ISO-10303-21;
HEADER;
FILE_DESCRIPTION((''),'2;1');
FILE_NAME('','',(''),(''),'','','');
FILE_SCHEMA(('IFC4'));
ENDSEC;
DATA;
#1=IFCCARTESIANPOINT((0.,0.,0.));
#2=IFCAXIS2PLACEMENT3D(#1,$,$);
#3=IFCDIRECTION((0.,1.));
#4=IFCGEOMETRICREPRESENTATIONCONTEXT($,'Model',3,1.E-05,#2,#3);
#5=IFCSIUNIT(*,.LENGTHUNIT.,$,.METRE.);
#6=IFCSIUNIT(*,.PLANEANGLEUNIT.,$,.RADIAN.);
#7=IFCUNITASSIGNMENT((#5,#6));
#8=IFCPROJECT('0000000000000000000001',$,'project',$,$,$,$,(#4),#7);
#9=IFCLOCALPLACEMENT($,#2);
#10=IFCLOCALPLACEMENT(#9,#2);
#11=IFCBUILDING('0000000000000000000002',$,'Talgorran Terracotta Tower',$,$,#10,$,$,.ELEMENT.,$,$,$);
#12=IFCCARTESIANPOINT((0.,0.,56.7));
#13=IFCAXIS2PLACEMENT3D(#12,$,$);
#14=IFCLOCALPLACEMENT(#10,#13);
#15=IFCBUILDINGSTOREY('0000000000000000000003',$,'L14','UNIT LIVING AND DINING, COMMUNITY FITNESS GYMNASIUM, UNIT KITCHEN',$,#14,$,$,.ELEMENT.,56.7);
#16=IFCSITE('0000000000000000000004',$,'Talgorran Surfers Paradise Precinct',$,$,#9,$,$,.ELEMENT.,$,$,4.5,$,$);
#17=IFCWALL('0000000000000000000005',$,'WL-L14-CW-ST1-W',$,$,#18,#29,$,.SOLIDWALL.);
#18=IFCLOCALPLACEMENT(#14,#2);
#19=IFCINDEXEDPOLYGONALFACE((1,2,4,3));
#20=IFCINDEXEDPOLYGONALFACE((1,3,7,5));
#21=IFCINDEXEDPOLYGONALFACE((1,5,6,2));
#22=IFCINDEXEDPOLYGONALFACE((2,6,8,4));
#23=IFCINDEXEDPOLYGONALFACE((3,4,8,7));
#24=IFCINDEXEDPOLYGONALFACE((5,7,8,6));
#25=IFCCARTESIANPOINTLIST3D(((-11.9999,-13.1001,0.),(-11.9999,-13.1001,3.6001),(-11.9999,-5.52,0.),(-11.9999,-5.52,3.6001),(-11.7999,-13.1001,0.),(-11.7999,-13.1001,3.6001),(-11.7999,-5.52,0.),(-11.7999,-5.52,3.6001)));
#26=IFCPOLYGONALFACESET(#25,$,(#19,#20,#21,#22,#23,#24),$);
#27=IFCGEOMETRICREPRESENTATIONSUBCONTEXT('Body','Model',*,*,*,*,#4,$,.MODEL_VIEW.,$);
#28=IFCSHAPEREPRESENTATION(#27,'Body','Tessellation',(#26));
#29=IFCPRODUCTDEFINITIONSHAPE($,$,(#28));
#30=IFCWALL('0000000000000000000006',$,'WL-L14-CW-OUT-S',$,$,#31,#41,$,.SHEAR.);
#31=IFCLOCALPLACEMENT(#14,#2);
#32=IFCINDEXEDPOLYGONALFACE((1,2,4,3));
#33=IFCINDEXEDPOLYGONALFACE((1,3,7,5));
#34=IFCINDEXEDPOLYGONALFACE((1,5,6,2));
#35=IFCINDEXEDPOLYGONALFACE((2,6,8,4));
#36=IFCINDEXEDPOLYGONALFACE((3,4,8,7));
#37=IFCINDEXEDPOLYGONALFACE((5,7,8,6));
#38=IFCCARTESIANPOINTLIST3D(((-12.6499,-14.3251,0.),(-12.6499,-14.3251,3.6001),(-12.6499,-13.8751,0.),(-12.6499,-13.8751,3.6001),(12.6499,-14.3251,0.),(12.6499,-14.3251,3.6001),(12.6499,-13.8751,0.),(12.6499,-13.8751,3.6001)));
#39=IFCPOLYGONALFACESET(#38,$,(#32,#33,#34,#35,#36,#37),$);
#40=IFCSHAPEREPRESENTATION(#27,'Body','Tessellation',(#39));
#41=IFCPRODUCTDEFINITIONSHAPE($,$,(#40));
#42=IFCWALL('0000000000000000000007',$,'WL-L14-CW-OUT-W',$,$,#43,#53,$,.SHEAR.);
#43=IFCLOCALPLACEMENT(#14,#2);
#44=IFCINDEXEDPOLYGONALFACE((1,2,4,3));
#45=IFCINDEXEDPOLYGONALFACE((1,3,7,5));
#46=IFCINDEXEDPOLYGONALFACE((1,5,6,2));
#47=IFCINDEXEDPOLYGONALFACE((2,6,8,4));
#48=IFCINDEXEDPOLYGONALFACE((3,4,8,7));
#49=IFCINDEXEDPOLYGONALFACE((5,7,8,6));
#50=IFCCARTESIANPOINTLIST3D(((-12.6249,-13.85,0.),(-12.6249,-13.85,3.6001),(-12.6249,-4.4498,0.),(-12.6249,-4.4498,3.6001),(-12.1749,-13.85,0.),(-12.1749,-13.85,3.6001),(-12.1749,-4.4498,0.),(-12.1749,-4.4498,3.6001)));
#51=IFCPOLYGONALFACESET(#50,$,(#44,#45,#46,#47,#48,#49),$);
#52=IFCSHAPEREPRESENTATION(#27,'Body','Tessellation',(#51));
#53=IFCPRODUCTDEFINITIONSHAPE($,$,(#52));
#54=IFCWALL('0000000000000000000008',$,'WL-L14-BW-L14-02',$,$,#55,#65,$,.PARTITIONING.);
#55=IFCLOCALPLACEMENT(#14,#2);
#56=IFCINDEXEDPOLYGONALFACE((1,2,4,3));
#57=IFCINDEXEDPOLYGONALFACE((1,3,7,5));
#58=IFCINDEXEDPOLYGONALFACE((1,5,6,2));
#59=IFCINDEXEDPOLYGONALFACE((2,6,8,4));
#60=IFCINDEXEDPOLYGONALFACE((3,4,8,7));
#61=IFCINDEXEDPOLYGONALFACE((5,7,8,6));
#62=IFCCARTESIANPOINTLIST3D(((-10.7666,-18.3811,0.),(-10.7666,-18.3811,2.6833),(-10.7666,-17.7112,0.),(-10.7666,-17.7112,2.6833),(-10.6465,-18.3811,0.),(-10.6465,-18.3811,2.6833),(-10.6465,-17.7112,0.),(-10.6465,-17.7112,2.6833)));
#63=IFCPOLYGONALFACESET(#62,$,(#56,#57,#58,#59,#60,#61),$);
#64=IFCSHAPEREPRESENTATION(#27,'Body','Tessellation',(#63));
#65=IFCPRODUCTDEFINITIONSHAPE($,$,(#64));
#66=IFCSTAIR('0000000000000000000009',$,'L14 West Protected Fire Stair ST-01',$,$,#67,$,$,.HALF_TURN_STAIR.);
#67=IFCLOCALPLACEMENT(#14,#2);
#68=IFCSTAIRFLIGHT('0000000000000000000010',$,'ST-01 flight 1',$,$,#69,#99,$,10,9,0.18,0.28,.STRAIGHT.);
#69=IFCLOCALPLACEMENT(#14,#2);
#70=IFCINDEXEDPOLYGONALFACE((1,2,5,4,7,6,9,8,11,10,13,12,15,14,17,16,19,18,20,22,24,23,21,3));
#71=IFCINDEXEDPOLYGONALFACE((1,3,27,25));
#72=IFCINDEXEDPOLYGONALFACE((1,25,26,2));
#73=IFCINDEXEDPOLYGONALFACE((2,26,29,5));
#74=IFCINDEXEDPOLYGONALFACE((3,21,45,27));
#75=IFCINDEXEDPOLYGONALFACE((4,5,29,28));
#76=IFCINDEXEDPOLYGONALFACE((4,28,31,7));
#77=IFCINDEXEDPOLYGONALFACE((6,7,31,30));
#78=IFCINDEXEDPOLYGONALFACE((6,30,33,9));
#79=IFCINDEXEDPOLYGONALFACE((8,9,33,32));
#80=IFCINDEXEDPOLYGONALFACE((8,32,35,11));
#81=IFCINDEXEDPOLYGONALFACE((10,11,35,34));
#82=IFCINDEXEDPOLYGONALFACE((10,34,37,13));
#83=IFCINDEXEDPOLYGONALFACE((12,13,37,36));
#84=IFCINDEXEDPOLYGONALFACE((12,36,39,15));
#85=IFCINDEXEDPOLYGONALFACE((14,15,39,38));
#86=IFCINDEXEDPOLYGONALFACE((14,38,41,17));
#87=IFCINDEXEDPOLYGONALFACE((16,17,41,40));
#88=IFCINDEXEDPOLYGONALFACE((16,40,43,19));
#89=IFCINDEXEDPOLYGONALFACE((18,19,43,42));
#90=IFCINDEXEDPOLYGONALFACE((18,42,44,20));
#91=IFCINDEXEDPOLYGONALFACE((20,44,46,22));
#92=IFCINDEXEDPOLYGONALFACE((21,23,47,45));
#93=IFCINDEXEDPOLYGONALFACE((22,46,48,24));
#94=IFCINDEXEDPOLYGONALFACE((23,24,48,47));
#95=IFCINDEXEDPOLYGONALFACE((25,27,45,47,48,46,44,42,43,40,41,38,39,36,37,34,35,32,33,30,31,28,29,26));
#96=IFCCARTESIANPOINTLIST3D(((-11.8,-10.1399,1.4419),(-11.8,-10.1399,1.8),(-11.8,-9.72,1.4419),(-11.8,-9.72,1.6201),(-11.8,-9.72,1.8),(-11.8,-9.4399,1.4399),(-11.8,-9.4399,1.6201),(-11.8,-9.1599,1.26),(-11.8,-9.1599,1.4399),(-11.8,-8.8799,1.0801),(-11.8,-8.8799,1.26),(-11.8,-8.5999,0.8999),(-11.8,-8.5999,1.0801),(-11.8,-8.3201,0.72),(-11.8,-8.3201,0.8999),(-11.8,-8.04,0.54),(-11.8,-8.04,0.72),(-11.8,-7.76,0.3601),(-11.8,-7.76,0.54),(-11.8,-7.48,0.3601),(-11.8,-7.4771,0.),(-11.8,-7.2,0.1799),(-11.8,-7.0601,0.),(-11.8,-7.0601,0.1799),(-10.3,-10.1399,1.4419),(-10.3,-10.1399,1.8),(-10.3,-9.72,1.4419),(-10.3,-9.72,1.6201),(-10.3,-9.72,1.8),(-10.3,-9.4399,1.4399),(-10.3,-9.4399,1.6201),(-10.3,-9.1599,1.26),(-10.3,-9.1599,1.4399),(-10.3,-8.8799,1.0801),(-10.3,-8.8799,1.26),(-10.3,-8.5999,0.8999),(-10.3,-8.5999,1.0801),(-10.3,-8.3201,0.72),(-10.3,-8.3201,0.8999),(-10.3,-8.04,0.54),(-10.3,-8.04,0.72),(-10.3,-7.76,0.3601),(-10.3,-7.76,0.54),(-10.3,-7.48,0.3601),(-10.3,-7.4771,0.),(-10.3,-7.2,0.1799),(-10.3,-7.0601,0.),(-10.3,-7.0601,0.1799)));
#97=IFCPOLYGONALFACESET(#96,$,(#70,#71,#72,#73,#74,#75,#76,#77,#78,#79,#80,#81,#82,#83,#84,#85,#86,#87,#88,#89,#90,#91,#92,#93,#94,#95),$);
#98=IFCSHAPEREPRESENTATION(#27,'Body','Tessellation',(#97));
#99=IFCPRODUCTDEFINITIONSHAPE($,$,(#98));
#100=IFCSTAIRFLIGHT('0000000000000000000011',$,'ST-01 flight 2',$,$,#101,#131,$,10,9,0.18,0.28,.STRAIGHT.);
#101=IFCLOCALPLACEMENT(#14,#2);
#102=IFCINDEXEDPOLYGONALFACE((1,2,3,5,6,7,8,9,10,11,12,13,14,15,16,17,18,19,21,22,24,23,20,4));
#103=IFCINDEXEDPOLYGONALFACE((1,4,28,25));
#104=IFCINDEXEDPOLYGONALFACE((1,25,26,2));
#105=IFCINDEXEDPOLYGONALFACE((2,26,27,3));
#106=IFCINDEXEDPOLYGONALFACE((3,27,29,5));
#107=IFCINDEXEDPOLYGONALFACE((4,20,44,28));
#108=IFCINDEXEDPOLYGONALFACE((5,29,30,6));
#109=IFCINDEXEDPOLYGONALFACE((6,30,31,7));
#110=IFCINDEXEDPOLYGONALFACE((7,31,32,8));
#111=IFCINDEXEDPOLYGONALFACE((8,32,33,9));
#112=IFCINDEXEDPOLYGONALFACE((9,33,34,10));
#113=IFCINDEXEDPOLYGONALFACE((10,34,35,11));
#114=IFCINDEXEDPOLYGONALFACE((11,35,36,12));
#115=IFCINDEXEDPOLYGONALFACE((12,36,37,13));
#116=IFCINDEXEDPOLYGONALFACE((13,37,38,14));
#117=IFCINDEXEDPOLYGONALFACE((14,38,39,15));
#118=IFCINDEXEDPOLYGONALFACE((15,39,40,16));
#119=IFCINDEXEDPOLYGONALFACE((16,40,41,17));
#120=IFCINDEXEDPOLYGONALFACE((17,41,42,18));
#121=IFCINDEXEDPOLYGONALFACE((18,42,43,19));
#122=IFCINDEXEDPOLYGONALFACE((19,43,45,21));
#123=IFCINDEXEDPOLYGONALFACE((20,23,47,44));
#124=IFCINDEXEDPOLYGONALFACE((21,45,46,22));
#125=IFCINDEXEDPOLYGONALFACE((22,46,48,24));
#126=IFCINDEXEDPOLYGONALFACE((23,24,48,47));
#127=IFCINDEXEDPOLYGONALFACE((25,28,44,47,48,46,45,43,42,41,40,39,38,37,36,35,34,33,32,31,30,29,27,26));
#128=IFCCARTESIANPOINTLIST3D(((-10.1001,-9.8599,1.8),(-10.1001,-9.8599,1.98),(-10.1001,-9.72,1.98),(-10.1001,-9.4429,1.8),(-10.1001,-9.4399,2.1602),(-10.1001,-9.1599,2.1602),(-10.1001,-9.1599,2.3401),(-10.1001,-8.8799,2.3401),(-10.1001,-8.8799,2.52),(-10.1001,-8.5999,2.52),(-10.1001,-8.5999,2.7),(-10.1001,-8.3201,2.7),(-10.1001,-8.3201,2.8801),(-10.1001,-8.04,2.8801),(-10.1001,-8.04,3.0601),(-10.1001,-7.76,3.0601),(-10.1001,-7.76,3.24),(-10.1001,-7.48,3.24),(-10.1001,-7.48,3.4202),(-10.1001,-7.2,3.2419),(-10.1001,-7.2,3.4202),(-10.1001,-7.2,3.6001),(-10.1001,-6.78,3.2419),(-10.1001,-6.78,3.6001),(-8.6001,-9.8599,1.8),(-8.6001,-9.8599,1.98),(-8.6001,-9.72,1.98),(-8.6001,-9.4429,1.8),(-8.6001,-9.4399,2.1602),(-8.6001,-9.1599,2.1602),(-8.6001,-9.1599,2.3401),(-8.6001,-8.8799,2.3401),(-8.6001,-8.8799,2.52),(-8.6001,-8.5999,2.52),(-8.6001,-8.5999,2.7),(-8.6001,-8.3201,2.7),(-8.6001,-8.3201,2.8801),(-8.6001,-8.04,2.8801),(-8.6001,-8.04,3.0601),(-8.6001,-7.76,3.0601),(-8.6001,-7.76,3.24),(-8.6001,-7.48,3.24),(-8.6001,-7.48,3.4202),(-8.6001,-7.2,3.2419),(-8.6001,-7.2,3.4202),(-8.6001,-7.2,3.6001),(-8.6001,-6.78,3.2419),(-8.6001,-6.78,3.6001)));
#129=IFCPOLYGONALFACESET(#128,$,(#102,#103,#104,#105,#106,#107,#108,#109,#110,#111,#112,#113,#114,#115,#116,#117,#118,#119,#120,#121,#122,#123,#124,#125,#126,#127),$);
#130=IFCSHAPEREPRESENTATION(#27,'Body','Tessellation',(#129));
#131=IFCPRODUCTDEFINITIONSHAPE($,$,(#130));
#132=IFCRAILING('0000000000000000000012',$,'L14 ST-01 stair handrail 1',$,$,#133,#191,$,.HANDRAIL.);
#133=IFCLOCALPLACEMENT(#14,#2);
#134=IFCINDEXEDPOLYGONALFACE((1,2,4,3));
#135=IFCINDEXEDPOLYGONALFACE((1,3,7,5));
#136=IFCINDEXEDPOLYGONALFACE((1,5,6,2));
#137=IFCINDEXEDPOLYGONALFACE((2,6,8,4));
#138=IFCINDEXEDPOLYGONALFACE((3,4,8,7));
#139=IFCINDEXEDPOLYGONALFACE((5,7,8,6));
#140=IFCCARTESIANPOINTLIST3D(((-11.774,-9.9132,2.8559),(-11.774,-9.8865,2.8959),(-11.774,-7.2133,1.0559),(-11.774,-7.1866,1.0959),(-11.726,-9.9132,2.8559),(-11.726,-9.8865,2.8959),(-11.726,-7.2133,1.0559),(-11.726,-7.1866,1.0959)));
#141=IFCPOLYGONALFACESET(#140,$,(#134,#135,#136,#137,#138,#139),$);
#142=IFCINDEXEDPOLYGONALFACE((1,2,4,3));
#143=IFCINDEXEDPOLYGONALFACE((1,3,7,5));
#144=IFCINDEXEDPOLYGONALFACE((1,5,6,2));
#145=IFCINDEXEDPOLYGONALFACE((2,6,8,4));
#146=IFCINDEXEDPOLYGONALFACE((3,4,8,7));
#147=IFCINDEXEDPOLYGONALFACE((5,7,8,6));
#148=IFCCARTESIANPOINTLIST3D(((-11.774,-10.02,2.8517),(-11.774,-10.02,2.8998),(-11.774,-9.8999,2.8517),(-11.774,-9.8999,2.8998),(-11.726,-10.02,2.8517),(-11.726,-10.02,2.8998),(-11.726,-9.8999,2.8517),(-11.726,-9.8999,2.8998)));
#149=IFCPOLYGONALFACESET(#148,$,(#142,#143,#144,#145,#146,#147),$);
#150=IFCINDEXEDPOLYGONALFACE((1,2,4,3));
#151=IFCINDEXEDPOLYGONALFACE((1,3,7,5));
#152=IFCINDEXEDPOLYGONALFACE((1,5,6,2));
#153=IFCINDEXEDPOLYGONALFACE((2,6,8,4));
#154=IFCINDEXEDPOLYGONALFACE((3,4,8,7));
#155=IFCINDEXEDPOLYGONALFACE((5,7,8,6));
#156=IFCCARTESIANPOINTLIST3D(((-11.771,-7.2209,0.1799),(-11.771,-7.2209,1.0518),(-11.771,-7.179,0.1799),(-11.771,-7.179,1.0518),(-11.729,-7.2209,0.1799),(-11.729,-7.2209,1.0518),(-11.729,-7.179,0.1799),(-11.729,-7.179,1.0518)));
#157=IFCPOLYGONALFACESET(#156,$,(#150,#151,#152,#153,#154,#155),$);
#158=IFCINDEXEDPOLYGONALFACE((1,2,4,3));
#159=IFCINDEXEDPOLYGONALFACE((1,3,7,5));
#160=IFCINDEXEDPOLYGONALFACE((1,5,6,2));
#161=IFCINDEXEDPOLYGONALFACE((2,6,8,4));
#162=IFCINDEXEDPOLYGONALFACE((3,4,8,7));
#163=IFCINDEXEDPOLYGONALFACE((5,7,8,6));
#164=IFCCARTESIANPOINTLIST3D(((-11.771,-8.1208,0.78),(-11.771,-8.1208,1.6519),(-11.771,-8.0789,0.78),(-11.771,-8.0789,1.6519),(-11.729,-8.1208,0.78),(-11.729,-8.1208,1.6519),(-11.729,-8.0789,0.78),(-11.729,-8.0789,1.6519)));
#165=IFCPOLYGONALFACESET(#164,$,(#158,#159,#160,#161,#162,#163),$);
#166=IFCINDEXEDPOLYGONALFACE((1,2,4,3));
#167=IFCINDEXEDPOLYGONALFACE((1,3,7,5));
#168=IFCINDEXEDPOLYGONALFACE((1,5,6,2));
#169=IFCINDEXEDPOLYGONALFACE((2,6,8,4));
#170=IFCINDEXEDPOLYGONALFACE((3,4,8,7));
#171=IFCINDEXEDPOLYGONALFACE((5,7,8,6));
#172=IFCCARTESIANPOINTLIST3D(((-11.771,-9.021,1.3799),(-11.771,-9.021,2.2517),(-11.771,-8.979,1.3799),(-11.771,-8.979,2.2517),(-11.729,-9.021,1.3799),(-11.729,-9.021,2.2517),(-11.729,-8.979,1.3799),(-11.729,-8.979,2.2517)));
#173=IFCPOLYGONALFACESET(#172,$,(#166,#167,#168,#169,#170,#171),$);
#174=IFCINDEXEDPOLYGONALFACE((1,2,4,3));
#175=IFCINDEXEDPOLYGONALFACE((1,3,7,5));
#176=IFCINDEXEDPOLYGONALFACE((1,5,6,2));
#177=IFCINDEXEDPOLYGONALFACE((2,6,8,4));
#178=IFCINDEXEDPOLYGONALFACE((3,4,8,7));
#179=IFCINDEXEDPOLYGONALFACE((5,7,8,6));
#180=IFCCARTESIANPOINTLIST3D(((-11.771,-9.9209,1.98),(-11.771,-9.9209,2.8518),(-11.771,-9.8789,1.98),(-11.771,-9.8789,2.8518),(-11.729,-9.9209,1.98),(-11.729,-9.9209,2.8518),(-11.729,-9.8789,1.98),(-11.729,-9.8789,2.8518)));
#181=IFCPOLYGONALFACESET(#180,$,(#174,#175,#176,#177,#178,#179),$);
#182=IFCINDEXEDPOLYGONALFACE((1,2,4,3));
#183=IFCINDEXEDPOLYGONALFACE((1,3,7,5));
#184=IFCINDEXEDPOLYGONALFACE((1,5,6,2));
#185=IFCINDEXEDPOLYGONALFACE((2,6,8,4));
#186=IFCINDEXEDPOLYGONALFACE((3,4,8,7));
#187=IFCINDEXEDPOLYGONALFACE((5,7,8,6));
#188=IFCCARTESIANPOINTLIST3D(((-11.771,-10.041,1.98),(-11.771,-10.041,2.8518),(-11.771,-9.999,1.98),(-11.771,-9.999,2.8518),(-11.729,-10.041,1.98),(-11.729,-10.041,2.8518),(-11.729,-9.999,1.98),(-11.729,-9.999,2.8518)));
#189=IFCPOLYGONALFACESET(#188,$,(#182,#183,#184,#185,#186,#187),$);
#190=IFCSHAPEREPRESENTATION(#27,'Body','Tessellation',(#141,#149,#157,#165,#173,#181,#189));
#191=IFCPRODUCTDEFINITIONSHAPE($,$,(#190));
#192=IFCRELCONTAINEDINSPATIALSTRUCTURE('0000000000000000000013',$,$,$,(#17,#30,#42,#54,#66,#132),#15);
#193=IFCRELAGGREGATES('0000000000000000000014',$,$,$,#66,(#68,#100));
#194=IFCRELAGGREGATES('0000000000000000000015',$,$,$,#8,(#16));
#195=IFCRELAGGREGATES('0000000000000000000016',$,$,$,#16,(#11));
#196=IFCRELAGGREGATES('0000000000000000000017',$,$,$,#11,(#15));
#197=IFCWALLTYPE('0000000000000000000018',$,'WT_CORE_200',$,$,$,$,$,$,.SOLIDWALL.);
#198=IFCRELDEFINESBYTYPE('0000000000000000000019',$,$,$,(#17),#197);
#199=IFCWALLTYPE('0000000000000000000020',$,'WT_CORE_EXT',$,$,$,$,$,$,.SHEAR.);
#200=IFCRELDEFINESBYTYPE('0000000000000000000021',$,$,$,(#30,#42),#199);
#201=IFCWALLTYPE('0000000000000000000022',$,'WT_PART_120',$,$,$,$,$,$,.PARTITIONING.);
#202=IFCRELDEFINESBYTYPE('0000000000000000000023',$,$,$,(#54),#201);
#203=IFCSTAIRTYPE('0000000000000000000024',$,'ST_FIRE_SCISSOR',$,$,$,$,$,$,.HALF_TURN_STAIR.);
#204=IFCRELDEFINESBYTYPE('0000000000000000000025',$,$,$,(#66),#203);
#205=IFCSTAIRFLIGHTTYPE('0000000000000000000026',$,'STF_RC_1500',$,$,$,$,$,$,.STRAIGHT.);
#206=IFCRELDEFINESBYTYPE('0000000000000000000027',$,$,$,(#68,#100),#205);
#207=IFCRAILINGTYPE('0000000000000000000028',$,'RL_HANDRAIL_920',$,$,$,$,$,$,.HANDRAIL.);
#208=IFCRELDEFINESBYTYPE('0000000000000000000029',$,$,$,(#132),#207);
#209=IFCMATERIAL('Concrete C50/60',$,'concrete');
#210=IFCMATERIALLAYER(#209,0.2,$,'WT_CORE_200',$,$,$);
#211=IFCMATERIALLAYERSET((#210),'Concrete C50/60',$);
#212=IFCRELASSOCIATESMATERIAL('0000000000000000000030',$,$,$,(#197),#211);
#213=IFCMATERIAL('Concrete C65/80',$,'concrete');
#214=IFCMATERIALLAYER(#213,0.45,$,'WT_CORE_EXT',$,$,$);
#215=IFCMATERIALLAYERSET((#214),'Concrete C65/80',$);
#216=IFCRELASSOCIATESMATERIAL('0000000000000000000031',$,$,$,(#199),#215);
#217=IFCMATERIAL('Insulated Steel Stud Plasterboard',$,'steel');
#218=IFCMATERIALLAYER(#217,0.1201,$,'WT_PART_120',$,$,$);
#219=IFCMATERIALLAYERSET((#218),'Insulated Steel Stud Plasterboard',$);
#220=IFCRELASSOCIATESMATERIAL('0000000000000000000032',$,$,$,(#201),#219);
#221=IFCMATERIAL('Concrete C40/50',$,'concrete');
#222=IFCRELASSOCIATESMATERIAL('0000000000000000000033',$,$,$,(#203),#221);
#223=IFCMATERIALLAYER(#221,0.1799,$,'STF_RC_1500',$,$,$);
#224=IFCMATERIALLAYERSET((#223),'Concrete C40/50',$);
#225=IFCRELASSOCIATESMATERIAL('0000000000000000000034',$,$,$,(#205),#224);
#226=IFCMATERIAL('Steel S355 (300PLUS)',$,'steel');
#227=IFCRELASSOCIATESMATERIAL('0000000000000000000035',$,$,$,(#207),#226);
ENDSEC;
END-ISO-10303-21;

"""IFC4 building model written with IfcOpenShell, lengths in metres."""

from ifc_helpers import new_model, si_unit, direction, frame, frame_2d, origin, origin_2d, place, context, subcontext, project, spatial, polyline, rectangle, outline, extrude, material, layer, layer_set, type_object, element, aggregate, save


model = new_model("IFC4")

# Units and contexts
model_context = context("Model", 3, precision=1e-05, world=origin(), true_north=direction((0.0, 1.0)))
body_context = subcontext(model_context, "Body", "Model", "MODEL_VIEW")
ifc_project = project(units=[si_unit("LENGTHUNIT", "METRE"), si_unit("PLANEANGLEUNIT", "RADIAN")], contexts=[model_context])

# Site, building, storey
site_placement = place(None, origin())
site = spatial("IfcSite", under=ifc_project, at=site_placement, Name="Talgorran Surfers Paradise Precinct", CompositionType="ELEMENT", RefElevation=4.5)
building_placement = place(site_placement, origin())
building = spatial("IfcBuilding", under=site, at=building_placement, Name="Talgorran Terracotta Tower", CompositionType="ELEMENT")
storey_placement = place(building_placement, frame((0.0, 0.0, 56.7)))
storey = spatial("IfcBuildingStorey", under=building, at=storey_placement, Name="L14", Description="UNIT LIVING AND DINING, COMMUNITY FITNESS GYMNASIUM, UNIT KITCHEN", CompositionType="ELEMENT", Elevation=56.7)

# Shared definitions
ifc_material_1 = material(Name="Steel S355 (300PLUS)", Category="steel")

# Walls
ifc_material_2 = material(Name="Concrete C50/60", Category="concrete")
ifc_layer_1 = layer(ifc_material_2, 0.2, Name="WT_CORE_200")
ifc_layer_set_1 = layer_set([ifc_layer_1], Name="Concrete C50/60")
wall_type_1 = type_object("IfcWallType", Name="WT_CORE_200", PredefinedType="SOLIDWALL", material=ifc_layer_set_1)
wall_1_placement = place(storey_placement, frame((-11.8999, -13.1001, 0.0), z_axis=(0.0, 0.0, 1.0), x_axis=(0.0, 1.0, 0.0)))
element("IfcWall", 1, at=wall_1_placement, inside=storey, type_object=wall_type_1, Name="WL-L14-CW-ST1-W", PredefinedType="SOLIDWALL", context=body_context, shape_type="SweptSolid", body=[
    extrude(rectangle(XDim=7.5801, YDim=0.2, at=frame_2d((3.79, 0.0))), origin(), (0.0, 0.0, 1.0), 3.6001),
])
ifc_material_3 = material(Name="Concrete C65/80", Category="concrete")
ifc_layer_2 = layer(ifc_material_3, 0.45, Name="WT_CORE_EXT")
ifc_layer_set_2 = layer_set([ifc_layer_2], Name="Concrete C65/80")
wall_type_2 = type_object("IfcWallType", Name="WT_CORE_EXT", PredefinedType="SHEAR", material=ifc_layer_set_2)
wall_2_placement = place(storey_placement, frame((-12.6499, -14.1001, 0.0), z_axis=(0.0, 0.0, 1.0), x_axis=(1.0, 0.0, 0.0)))
element("IfcWall", 2, at=wall_2_placement, inside=storey, type_object=wall_type_2, Name="WL-L14-CW-OUT-S", PredefinedType="SHEAR", context=body_context, shape_type="SweptSolid", body=[
    extrude(rectangle(XDim=25.2998, YDim=0.45, at=frame_2d((12.6499, 0.0))), origin(), (0.0, 0.0, 1.0), 3.6001),
])
wall_3_placement = place(storey_placement, frame((-12.3999, -13.8501, 0.0), z_axis=(0.0, 0.0, 1.0), x_axis=(0.0, 1.0, 0.0)))
element("IfcWall", 3, at=wall_3_placement, inside=storey, type_object=wall_type_2, Name="WL-L14-CW-OUT-W", PredefinedType="SHEAR", context=body_context, shape_type="SweptSolid", body=[
    extrude(rectangle(XDim=9.4001, YDim=0.45, at=frame_2d((4.7002, 0.0))), origin(), (0.0, 0.0, 1.0), 3.6001),
])
ifc_material_4 = material(Name="Insulated Steel Stud Plasterboard", Category="steel")
ifc_layer_3 = layer(ifc_material_4, 0.1201, Name="WT_PART_120")
ifc_layer_set_3 = layer_set([ifc_layer_3], Name="Insulated Steel Stud Plasterboard")
wall_type_3 = type_object("IfcWallType", Name="WT_PART_120", PredefinedType="PARTITIONING", material=ifc_layer_set_3)
wall_4_placement = place(storey_placement, frame((-10.7065, -17.7112, 0.0), z_axis=(0.0, 0.0, 1.0), x_axis=(0.0, -1.0, 0.0)))
element("IfcWall", 4, at=wall_4_placement, inside=storey, type_object=wall_type_3, Name="WL-L14-BW-L14-02", PredefinedType="PARTITIONING", context=body_context, shape_type="SweptSolid", body=[
    extrude(rectangle(XDim=0.6699, YDim=0.1201, at=frame_2d((0.335, 0.0))), origin(), (0.0, 0.0, 1.0), 2.6833),
])

# Stair, stair flights
ifc_material_5 = material(Name="Concrete C40/50", Category="concrete")
stair_type = type_object("IfcStairType", Name="ST_FIRE_SCISSOR", PredefinedType="HALF_TURN_STAIR", material=ifc_material_5)
stair_placement = place(storey_placement, origin())
stair = element("IfcStair", 5, at=stair_placement, inside=storey, type_object=stair_type, Name="L14 West Protected Fire Stair ST-01", PredefinedType="HALF_TURN_STAIR")
ifc_layer_4 = layer(ifc_material_5, 0.1799, Name="STF_RC_1500")
ifc_layer_set_4 = layer_set([ifc_layer_4], Name="Concrete C40/50")
stair_flight_type = type_object("IfcStairFlightType", Name="STF_RC_1500", PredefinedType="STRAIGHT", material=ifc_layer_set_4)
stair_flight_1_placement = place(storey_placement, frame((-11.05, -7.2, 0.0), z_axis=(0.0, 0.0, 1.0), x_axis=(0.0, -1.0, 0.0)))
stair_flight_1 = element("IfcStairFlight", 6, at=stair_flight_1_placement, type_object=stair_flight_type, Name="ST-01 flight 1", NumberOfRisers=10, NumberOfTreads=9, PredefinedType="STRAIGHT", RiserHeight=0.18, TreadLength=0.28, context=body_context, shape_type="SweptSolid", body=[
    extrude(outline(polyline([(-0.1399, 0.0), (-0.1399, 0.1799), (0.0, 0.1799), (0.28, 0.3601), (0.5601, 0.3601), (0.5601, 0.54), (0.8401, 0.54), (0.8401, 0.72), (1.1201, 0.72), (1.1201, 0.8999), (1.3999, 0.8999), (1.3999, 1.0801), (1.6799, 1.0801), (1.6799, 1.26), (1.96, 1.26), (1.96, 1.4399), (2.24, 1.4399), (2.24, 1.6201), (2.52, 1.6201), (2.52, 1.8), (2.9399, 1.8), (2.9399, 1.4419), (2.52, 1.4419), (0.2771, 0.0), (-0.1399, 0.0)])), frame((0.0, 0.75, 0.0), z_axis=(0.0, -1.0, 0.0), x_axis=(1.0, 0.0, 0.0)), (0.0, 0.0, 1.0), 1.5),
])
stair_flight_2_placement = place(storey_placement, frame((-9.3501, -9.72, 1.8), z_axis=(0.0, 0.0, 1.0), x_axis=(0.0, 1.0, 0.0)))
stair_flight_2 = element("IfcStairFlight", 7, at=stair_flight_2_placement, type_object=stair_flight_type, Name="ST-01 flight 2", NumberOfRisers=10, NumberOfTreads=9, PredefinedType="STRAIGHT", RiserHeight=0.18, TreadLength=0.28, context=body_context, shape_type="SweptSolid", body=[
    extrude(outline(polyline([(-0.1399, 0.0), (-0.1399, 0.1799), (0.0, 0.1799), (0.28, 0.3601), (0.5601, 0.3601), (0.5601, 0.54), (0.8401, 0.54), (0.8401, 0.72), (1.1201, 0.72), (1.1201, 0.8999), (1.3999, 0.8999), (1.3999, 1.0801), (1.6799, 1.0801), (1.6799, 1.26), (1.96, 1.26), (1.96, 1.4399), (2.24, 1.4399), (2.24, 1.6201), (2.52, 1.6201), (2.52, 1.8), (2.9399, 1.8), (2.9399, 1.4419), (2.52, 1.4419), (0.2771, 0.0), (-0.1399, 0.0)])), frame((0.0, 0.75, 0.0), z_axis=(0.0, -1.0, 0.0), x_axis=(1.0, 0.0, 0.0)), (0.0, 0.0, 1.0), 1.5),
])
aggregate(stair, [stair_flight_1, stair_flight_2])

# Railing
railing_type_1 = type_object("IfcRailingType", Name="RL_HANDRAIL_920", PredefinedType="HANDRAIL", material=ifc_material_1)
railing_1_placement = place(storey_placement, frame((-11.75, -7.2, 0.1799)))
element("IfcRailing", 8, at=railing_1_placement, inside=storey, type_object=railing_type_1, Name="L14 ST-01 stair handrail 1", PredefinedType="HANDRAIL", context=body_context, shape_type="SweptSolid", body=[
    extrude(rectangle(XDim=0.0481, YDim=0.0481, at=origin_2d()), frame((0.0, 0.0, 0.896), z_axis=(0.0, -0.832039, 0.554718), x_axis=(1.0, 0.0, 0.0)), (0.0, 0.0, 1.0), 3.2449),
    extrude(rectangle(XDim=0.0481, YDim=0.0481, at=origin_2d()), frame((0.0, -2.7, 2.6958), z_axis=(0.0, -1.0, 0.0), x_axis=(1.0, 0.0, 0.0)), (0.0, 0.0, 1.0), 0.1201),
    extrude(rectangle(XDim=0.042, YDim=0.042, at=origin_2d()), origin(), (0.0, 0.0, 1.0), 0.8718),
    extrude(rectangle(XDim=0.042, YDim=0.042, at=origin_2d()), frame((0.0, -0.8999, 0.6001)), (0.0, 0.0, 1.0), 0.8718),
    extrude(rectangle(XDim=0.042, YDim=0.042, at=origin_2d()), frame((0.0, -1.8, 1.2)), (0.0, 0.0, 1.0), 0.8718),
    extrude(rectangle(XDim=0.042, YDim=0.042, at=origin_2d()), frame((0.0, -2.7, 1.8)), (0.0, 0.0, 1.0), 0.8718),
    extrude(rectangle(XDim=0.042, YDim=0.042, at=origin_2d()), frame((0.0, -2.8201, 1.8)), (0.0, 0.0, 1.0), 0.8718),
])

save(model, "model.ifc")
